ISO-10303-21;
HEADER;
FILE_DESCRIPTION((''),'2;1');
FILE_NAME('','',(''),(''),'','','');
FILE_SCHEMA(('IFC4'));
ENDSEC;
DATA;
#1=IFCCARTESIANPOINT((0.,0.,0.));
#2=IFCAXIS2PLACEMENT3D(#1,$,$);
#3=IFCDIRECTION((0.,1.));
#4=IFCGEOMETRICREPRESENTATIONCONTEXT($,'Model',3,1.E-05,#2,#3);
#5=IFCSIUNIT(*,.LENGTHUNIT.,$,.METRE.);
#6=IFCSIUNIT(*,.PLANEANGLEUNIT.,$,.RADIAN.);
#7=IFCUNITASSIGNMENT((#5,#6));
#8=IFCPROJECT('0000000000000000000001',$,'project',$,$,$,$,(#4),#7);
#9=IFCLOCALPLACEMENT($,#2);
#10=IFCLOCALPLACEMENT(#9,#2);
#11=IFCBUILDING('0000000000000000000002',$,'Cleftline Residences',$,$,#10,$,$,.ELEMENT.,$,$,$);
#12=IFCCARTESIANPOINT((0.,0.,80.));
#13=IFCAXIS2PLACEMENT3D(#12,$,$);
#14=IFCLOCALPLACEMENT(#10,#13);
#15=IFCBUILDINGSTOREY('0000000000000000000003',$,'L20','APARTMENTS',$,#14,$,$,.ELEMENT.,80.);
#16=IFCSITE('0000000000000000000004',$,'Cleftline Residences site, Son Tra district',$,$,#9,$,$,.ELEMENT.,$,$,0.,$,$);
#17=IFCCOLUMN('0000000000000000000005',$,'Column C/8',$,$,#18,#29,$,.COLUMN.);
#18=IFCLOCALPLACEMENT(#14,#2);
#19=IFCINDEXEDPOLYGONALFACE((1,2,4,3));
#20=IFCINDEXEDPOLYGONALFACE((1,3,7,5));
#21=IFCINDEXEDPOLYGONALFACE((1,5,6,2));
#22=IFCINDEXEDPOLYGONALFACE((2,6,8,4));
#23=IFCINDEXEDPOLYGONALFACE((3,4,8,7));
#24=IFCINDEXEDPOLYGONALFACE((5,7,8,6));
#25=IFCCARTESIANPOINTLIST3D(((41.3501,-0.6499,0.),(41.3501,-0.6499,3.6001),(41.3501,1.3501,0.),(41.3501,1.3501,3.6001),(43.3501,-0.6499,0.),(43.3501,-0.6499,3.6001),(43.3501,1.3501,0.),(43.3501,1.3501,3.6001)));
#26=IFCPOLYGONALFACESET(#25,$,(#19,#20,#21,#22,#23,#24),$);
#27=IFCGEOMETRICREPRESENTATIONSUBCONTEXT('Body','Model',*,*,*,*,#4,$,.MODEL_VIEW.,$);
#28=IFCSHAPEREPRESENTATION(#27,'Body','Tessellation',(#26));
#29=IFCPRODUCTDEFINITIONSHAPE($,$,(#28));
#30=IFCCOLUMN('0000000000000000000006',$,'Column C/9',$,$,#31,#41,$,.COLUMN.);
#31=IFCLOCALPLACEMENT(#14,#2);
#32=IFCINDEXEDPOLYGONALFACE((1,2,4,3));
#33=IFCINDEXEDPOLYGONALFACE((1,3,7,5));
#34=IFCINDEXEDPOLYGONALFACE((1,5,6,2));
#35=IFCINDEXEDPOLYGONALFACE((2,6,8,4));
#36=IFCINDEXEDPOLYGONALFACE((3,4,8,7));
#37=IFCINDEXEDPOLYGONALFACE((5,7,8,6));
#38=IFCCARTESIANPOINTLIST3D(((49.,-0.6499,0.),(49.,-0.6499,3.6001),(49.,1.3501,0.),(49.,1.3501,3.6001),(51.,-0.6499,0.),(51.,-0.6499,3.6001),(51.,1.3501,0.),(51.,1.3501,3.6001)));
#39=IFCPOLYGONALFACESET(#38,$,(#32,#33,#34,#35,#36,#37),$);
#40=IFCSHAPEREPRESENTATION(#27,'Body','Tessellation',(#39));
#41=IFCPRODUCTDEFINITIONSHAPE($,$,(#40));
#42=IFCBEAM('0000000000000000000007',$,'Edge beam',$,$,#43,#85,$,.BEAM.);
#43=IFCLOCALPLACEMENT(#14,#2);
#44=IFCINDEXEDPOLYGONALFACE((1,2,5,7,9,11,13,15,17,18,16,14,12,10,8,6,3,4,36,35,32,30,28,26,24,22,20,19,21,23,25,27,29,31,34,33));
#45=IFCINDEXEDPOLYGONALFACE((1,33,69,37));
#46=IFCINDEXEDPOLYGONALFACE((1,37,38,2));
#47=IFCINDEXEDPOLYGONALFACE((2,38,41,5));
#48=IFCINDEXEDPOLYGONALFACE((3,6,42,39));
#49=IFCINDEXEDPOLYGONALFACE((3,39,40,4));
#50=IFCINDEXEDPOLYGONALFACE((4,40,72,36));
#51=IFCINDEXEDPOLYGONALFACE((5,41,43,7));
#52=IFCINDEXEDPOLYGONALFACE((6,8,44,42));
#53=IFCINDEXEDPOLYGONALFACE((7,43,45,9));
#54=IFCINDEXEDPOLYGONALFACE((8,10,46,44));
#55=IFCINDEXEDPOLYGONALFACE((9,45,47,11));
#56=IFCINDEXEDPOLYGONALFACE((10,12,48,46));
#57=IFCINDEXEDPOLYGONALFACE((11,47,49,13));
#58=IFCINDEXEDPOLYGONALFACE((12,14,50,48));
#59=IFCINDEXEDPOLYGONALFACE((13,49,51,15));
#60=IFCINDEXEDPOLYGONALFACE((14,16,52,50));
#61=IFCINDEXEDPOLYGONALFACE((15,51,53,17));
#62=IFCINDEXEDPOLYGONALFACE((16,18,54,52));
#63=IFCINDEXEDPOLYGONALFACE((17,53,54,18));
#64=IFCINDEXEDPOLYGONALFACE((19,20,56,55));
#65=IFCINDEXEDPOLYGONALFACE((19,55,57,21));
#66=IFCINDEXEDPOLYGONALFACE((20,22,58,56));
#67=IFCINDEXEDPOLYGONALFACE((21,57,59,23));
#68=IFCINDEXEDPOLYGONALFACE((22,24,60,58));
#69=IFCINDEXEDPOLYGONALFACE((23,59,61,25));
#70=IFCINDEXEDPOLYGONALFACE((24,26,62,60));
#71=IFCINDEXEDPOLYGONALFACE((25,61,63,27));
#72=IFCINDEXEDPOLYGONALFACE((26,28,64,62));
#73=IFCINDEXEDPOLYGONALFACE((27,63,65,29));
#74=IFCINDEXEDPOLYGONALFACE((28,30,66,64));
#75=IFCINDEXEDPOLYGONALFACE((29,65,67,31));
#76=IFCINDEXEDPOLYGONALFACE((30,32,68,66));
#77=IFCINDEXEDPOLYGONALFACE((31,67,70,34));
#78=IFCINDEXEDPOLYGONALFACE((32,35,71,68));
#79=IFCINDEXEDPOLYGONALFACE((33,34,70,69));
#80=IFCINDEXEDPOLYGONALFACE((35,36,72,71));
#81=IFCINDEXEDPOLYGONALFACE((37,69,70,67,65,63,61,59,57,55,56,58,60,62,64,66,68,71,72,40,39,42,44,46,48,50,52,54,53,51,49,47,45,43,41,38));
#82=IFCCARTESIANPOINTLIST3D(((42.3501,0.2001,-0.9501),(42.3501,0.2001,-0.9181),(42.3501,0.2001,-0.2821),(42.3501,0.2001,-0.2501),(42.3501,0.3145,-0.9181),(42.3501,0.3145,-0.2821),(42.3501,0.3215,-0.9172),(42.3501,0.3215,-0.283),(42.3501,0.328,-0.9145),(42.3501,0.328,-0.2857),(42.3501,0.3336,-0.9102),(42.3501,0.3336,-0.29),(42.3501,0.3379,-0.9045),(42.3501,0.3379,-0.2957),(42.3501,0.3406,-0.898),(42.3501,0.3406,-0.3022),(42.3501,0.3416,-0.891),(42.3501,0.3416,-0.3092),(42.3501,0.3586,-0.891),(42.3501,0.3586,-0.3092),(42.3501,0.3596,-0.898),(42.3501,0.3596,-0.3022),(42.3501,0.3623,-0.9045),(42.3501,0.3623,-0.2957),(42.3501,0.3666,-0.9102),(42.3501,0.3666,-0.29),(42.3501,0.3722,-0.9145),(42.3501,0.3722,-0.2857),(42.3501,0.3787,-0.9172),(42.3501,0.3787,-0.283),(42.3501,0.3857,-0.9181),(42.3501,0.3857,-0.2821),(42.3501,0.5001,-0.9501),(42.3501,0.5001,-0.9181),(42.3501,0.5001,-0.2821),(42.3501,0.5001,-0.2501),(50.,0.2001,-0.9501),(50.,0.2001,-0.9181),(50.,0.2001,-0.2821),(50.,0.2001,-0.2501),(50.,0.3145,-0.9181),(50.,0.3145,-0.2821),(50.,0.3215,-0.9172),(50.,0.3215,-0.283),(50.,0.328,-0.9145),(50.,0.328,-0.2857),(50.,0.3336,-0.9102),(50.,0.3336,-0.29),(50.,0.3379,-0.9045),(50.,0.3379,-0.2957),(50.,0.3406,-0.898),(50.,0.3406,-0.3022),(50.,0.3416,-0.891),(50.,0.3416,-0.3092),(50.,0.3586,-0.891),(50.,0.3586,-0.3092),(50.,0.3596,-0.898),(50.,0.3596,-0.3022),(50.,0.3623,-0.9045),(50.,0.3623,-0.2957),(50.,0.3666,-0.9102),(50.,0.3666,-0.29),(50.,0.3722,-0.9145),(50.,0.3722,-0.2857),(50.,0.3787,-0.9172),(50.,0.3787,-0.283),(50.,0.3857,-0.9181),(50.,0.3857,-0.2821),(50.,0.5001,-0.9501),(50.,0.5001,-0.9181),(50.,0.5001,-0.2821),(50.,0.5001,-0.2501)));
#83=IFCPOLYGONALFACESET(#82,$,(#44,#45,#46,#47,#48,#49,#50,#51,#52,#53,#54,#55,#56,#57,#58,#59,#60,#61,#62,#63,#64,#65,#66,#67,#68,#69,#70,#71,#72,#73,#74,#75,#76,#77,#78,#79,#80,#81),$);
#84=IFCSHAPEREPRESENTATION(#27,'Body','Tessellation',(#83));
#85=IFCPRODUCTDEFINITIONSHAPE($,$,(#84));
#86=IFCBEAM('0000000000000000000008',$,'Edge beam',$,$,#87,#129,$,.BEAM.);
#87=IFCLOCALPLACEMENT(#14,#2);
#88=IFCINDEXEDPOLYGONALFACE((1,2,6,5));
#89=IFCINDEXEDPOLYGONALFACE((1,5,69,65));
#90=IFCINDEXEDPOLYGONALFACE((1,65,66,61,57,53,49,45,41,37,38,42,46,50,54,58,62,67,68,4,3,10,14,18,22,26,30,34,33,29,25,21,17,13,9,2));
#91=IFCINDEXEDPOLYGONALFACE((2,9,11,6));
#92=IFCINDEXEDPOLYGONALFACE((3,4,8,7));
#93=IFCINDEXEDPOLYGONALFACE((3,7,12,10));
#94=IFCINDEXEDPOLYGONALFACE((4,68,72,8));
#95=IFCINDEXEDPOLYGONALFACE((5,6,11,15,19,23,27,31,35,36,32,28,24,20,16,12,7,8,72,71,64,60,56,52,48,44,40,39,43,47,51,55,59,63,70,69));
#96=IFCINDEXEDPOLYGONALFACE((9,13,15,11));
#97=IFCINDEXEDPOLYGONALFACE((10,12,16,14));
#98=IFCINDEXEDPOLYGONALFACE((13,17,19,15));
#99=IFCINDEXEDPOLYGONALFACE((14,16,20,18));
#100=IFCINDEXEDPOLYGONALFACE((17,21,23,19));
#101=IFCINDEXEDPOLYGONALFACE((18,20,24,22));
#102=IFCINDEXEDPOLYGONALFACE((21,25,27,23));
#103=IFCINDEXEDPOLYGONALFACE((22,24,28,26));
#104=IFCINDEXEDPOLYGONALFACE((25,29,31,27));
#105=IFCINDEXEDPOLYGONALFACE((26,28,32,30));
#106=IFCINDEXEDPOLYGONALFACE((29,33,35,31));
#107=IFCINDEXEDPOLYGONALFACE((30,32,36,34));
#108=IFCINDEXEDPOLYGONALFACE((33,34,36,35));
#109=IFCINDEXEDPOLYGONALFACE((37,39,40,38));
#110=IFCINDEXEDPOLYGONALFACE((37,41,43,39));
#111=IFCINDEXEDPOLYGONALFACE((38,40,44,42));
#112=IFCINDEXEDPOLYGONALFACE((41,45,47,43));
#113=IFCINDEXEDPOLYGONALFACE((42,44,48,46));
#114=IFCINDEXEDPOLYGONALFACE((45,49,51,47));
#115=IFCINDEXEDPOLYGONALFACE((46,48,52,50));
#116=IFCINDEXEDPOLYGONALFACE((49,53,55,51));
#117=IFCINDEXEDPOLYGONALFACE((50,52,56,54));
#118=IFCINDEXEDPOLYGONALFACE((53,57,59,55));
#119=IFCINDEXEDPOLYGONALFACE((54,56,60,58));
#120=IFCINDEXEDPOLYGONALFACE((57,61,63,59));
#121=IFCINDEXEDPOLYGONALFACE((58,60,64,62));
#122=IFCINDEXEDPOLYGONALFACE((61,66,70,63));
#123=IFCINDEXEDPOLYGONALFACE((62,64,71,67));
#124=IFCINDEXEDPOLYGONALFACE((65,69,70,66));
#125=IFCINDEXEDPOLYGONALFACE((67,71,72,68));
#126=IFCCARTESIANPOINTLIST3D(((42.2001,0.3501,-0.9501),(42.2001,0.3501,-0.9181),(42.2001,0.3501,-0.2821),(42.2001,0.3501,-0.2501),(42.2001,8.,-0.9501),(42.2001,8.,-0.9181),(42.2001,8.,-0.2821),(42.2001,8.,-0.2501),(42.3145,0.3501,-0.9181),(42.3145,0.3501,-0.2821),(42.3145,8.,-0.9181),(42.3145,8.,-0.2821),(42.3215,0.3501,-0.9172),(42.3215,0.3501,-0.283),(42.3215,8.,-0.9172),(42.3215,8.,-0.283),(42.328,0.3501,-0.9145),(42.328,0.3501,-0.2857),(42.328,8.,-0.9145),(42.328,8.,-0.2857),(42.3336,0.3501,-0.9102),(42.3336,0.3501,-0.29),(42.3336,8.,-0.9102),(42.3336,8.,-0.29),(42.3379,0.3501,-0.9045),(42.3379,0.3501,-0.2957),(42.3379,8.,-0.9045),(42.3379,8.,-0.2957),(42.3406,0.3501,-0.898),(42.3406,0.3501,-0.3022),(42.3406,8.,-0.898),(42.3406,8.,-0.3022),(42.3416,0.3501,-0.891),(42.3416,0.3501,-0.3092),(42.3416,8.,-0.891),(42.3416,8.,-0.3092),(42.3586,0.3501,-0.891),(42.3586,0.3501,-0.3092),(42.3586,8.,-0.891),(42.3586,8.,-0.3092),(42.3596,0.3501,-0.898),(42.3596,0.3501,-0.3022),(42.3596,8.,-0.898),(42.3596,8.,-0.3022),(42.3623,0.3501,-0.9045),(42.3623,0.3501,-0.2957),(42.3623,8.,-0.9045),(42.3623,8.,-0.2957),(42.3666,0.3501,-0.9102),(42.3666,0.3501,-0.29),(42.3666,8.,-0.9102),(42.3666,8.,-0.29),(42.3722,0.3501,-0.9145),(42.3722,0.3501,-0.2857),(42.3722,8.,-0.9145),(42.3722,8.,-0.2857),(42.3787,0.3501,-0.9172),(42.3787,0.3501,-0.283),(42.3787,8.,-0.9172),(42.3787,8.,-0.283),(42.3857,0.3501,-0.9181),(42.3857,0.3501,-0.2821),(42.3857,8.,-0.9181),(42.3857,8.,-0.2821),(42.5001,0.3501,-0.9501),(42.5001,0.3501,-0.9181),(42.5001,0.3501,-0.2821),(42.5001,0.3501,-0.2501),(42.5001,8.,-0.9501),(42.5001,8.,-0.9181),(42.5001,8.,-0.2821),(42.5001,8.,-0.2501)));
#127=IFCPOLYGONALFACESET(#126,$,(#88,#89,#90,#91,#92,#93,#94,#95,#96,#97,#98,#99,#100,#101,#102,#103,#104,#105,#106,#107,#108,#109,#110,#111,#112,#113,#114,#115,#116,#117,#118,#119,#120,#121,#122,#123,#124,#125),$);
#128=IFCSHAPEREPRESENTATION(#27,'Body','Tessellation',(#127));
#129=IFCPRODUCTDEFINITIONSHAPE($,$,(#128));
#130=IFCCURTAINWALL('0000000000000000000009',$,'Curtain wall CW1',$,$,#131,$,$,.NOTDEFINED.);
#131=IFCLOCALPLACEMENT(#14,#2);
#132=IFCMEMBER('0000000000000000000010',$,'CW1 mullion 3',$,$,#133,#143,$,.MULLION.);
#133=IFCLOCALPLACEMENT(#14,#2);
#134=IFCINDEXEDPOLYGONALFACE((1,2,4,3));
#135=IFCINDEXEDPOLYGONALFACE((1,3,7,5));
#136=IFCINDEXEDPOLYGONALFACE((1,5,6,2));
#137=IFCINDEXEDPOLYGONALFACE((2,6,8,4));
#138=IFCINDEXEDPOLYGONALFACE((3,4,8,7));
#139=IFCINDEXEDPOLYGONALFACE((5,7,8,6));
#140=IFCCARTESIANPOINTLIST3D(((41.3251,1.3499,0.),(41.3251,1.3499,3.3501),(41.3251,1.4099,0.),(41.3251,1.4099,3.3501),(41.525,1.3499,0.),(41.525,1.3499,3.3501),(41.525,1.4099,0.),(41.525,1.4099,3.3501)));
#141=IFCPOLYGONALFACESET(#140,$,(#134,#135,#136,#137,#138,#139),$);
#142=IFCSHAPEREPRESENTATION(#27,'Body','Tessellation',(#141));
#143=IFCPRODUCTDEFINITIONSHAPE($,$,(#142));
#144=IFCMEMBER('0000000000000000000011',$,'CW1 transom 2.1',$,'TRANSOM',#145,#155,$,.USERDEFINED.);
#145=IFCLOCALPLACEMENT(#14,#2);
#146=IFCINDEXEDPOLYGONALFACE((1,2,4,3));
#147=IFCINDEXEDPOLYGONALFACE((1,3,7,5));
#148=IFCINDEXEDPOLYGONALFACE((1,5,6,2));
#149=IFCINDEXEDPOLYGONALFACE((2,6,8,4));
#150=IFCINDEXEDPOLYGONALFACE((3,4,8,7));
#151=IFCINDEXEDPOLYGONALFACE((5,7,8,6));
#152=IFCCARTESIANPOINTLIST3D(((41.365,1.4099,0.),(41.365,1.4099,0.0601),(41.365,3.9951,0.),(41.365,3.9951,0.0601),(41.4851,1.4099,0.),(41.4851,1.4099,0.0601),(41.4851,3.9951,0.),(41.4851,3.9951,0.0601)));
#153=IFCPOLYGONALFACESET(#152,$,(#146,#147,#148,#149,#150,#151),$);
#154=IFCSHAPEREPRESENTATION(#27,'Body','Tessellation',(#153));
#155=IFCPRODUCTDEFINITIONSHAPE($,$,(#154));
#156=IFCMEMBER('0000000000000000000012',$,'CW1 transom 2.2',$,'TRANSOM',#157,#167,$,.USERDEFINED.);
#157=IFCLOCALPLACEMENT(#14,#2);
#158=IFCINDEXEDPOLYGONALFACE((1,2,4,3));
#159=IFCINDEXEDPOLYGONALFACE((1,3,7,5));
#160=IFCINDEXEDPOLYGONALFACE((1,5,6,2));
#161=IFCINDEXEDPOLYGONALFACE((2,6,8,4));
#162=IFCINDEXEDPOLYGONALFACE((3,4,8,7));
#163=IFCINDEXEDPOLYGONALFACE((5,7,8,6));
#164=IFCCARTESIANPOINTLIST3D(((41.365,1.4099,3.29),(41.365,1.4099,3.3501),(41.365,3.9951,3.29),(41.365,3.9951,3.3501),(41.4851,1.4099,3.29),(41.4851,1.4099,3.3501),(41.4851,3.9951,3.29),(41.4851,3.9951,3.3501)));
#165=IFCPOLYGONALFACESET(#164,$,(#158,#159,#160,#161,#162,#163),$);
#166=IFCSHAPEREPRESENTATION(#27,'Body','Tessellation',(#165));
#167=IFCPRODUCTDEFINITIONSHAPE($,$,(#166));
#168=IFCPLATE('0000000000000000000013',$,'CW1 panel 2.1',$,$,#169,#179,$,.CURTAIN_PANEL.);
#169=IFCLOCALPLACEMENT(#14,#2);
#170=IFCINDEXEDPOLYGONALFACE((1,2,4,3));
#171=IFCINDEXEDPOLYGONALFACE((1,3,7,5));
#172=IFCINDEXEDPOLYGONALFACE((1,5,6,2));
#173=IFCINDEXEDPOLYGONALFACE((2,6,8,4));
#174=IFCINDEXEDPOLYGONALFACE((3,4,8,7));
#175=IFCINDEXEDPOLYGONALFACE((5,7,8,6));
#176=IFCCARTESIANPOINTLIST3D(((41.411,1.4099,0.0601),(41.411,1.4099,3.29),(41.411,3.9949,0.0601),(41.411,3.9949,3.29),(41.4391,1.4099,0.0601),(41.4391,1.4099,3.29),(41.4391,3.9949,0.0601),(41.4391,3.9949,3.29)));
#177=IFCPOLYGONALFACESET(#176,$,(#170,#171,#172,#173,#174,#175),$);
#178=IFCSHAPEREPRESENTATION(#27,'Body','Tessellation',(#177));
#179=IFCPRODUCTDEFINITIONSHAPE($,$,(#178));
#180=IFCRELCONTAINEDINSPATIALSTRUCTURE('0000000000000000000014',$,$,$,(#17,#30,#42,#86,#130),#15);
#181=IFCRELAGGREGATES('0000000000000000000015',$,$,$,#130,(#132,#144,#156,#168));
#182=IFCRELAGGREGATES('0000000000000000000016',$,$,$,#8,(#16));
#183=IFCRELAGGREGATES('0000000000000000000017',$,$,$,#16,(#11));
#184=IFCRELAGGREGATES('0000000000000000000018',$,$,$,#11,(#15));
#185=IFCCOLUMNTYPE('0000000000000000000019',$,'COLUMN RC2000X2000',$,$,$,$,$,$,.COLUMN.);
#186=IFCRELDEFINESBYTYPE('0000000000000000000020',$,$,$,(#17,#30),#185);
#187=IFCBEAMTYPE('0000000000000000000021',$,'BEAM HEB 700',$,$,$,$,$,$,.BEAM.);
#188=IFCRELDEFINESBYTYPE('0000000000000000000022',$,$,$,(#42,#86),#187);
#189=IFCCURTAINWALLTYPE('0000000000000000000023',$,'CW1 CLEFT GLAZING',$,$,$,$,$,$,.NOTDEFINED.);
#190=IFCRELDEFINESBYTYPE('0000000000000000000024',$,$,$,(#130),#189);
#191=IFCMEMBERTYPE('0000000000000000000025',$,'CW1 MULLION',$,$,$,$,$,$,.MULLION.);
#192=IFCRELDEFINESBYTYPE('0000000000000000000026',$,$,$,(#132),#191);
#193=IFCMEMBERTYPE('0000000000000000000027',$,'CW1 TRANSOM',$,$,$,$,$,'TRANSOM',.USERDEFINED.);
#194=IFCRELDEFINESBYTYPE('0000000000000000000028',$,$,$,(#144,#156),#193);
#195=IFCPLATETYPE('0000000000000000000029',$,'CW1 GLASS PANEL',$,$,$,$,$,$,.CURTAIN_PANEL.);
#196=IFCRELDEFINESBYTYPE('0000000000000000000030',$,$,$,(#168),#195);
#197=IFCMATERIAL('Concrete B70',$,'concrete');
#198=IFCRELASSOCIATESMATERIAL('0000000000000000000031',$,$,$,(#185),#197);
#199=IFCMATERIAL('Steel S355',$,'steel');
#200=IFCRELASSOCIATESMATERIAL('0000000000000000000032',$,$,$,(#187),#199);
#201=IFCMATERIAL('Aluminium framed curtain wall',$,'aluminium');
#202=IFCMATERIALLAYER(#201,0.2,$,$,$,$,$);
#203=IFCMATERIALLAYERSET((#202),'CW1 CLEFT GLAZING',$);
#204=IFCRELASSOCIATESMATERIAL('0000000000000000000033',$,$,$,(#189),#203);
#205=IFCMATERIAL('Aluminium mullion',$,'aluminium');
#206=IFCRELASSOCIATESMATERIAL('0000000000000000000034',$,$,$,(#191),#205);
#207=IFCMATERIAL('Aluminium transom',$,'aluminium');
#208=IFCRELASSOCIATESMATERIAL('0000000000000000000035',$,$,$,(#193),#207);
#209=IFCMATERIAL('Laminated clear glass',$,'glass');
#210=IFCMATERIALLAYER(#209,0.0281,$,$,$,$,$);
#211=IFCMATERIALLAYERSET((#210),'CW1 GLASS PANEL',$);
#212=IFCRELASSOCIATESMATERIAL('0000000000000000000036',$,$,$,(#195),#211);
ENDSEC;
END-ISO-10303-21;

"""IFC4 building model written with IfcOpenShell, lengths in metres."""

from ifc_helpers import new_model, si_unit, direction, frame, origin, origin_2d, place, context, subcontext, project, spatial, rectangle, i_section, extrude, material, layer, layer_set, material_profile, profile_set, type_object, element, aggregate, save


model = new_model("IFC4")

# Units and contexts
model_context = context("Model", 3, precision=1e-05, world=origin(), true_north=direction((0.0, 1.0)))
body_context = subcontext(model_context, "Body", "Model", "MODEL_VIEW")
ifc_project = project(units=[si_unit("LENGTHUNIT", "METRE"), si_unit("PLANEANGLEUNIT", "RADIAN")], contexts=[model_context])

# Site, building, storey
site_placement = place(None, origin())
site = spatial("IfcSite", under=ifc_project, at=site_placement, Name="Cleftline Residences site, Son Tra district", CompositionType="ELEMENT", RefElevation=0.0)
building_placement = place(site_placement, origin())
building = spatial("IfcBuilding", under=site, at=building_placement, Name="Cleftline Residences", CompositionType="ELEMENT")
storey_placement = place(building_placement, frame((0.0, 0.0, 80.0)))
storey = spatial("IfcBuildingStorey", under=building, at=storey_placement, Name="L20", Description="APARTMENTS", CompositionType="ELEMENT", Elevation=80.0)

# Columns
ifc_material_1 = material(Name="Concrete B70", Category="concrete")
ifc_material_profile_1 = material_profile(ifc_material_1, rectangle(XDim=2.0, YDim=2.0, at=origin_2d()))
ifc_profile_set_1 = profile_set([ifc_material_profile_1], Name="Concrete B70")
column_type = type_object("IfcColumnType", Name="COLUMN RC2000X2000", PredefinedType="COLUMN", material=ifc_profile_set_1)
for number, where, z_axis, x_axis, name in (
    (1, (42.3501, 0.3501, 0.0), (0.0, 0.0, 1.0), (1.0, 0.0, 0.0), "Column C/8"),
    (2, (50.0, 0.3501, 0.0), (0.0, 0.0, 1.0), (1.0, 0.0, 0.0), "Column C/9"),
):
    element("IfcColumn", number, at=place(storey_placement, frame(where, z_axis=z_axis, x_axis=x_axis)), inside=storey, type_object=column_type, Name=name, PredefinedType="COLUMN", context=body_context, shape_type="SweptSolid", body=[
        extrude(rectangle(XDim=2.0, YDim=2.0, at=origin_2d()), origin(), (0.0, 0.0, 1.0), 3.6001),
    ])

# Beams
ifc_material_2 = material(Name="Steel S355", Category="steel")
ifc_material_profile_2 = material_profile(ifc_material_2, i_section(OverallWidth=0.3, OverallDepth=0.7, WebThickness=0.0171, FlangeThickness=0.032, FilletRadius=0.0271, at=origin_2d()))
ifc_profile_set_2 = profile_set([ifc_material_profile_2], Name="Steel S355")
beam_type = type_object("IfcBeamType", Name="BEAM HEB 700", PredefinedType="BEAM", material=ifc_profile_set_2)
for number, where, z_axis, x_axis, name in (
    (3, (50.0, 0.3501, -0.6001), (-1.0, 0.0, 0.0), (0.0, -1.0, 0.0), "Edge beam"),
    (4, (42.3501, 0.3501, -0.6001), (0.0, 1.0, 0.0), (-1.0, 0.0, 0.0), "Edge beam"),
):
    element("IfcBeam", number, at=place(storey_placement, frame(where, z_axis=z_axis, x_axis=x_axis)), inside=storey, type_object=beam_type, Name=name, PredefinedType="BEAM", context=body_context, shape_type="SweptSolid", body=[
        extrude(i_section(OverallWidth=0.3, OverallDepth=0.7, WebThickness=0.0171, FlangeThickness=0.032, FilletRadius=0.0271, at=origin_2d()), origin(), (0.0, 0.0, 1.0), 7.6499),
    ])

# Curtain wall, members, plate
ifc_material_3 = material(Name="Aluminium framed curtain wall", Category="aluminium")
ifc_layer_1 = layer(ifc_material_3, 0.2)
ifc_layer_set_1 = layer_set([ifc_layer_1], Name="CW1 CLEFT GLAZING")
curtain_wall_type = type_object("IfcCurtainWallType", Name="CW1 CLEFT GLAZING", PredefinedType="NOTDEFINED", material=ifc_layer_set_1)
curtain_wall_placement = place(storey_placement, origin())
curtain_wall = element("IfcCurtainWall", 5, at=curtain_wall_placement, inside=storey, type_object=curtain_wall_type, Name="Curtain wall CW1", PredefinedType="NOTDEFINED")
ifc_material_4 = material(Name="Aluminium mullion", Category="aluminium")
ifc_material_profile_3 = material_profile(ifc_material_4, rectangle(XDim=0.2, YDim=0.0601, at=origin_2d()))
ifc_profile_set_3 = profile_set([ifc_material_profile_3], Name="Aluminium mullion")
member_type_1 = type_object("IfcMemberType", Name="CW1 MULLION", PredefinedType="MULLION", material=ifc_profile_set_3)
member_1_placement = place(storey_placement, frame((41.425, 1.3799, 0.0), z_axis=(0.0, 0.0, 1.0), x_axis=(1.0, 0.0, 0.0)))
member_1 = element("IfcMember", 6, at=member_1_placement, type_object=member_type_1, Name="CW1 mullion 3", PredefinedType="MULLION", context=body_context, shape_type="SweptSolid", body=[
    extrude(rectangle(XDim=0.2, YDim=0.0601, at=origin_2d()), origin(), (0.0, 0.0, 1.0), 3.3501),
])
ifc_material_5 = material(Name="Aluminium transom", Category="aluminium")
ifc_material_profile_4 = material_profile(ifc_material_5, rectangle(XDim=0.1201, YDim=0.0601, at=origin_2d()))
ifc_profile_set_4 = profile_set([ifc_material_profile_4], Name="Aluminium transom")
member_type_2 = type_object("IfcMemberType", Name="CW1 TRANSOM", ElementType="TRANSOM", PredefinedType="USERDEFINED", material=ifc_profile_set_4)
member_2_placement = place(storey_placement, frame((41.425, 3.9951, 0.03), z_axis=(0.0, -1.0, 0.0), x_axis=(1.0, 0.0, 0.0)))
member_2 = element("IfcMember", 7, at=member_2_placement, type_object=member_type_2, Name="CW1 transom 2.1", ObjectType="TRANSOM", PredefinedType="USERDEFINED", context=body_context, shape_type="SweptSolid", body=[
    extrude(rectangle(XDim=0.1201, YDim=0.0601, at=origin_2d()), origin(), (0.0, 0.0, 1.0), 2.5852),
])
member_3_placement = place(storey_placement, frame((41.425, 3.9951, 3.3201), z_axis=(0.0, -1.0, 0.0), x_axis=(1.0, 0.0, 0.0)))
member_3 = element("IfcMember", 8, at=member_3_placement, type_object=member_type_2, Name="CW1 transom 2.2", ObjectType="TRANSOM", PredefinedType="USERDEFINED", context=body_context, shape_type="SweptSolid", body=[
    extrude(rectangle(XDim=0.1201, YDim=0.0601, at=origin_2d()), origin(), (0.0, 0.0, 1.0), 2.5852),
])
ifc_material_6 = material(Name="Laminated clear glass", Category="glass")
ifc_layer_2 = layer(ifc_material_6, 0.0281)
ifc_layer_set_2 = layer_set([ifc_layer_2], Name="CW1 GLASS PANEL")
plate_type = type_object("IfcPlateType", Name="CW1 GLASS PANEL", PredefinedType="CURTAIN_PANEL", material=ifc_layer_set_2)
plate_placement = place(storey_placement, frame((41.425, 2.7024, 0.0601), z_axis=(0.0, 0.0, 1.0), x_axis=(0.0, -1.0, 0.0)))
plate = element("IfcPlate", 9, at=plate_placement, type_object=plate_type, Name="CW1 panel 2.1", PredefinedType="CURTAIN_PANEL", context=body_context, shape_type="SweptSolid", body=[
    extrude(rectangle(XDim=2.585, YDim=0.0281, at=origin_2d()), origin(), (0.0, 0.0, 1.0), 3.23),
])
aggregate(curtain_wall, [member_1, member_2, member_3, plate])

save(model, "model.ifc")
